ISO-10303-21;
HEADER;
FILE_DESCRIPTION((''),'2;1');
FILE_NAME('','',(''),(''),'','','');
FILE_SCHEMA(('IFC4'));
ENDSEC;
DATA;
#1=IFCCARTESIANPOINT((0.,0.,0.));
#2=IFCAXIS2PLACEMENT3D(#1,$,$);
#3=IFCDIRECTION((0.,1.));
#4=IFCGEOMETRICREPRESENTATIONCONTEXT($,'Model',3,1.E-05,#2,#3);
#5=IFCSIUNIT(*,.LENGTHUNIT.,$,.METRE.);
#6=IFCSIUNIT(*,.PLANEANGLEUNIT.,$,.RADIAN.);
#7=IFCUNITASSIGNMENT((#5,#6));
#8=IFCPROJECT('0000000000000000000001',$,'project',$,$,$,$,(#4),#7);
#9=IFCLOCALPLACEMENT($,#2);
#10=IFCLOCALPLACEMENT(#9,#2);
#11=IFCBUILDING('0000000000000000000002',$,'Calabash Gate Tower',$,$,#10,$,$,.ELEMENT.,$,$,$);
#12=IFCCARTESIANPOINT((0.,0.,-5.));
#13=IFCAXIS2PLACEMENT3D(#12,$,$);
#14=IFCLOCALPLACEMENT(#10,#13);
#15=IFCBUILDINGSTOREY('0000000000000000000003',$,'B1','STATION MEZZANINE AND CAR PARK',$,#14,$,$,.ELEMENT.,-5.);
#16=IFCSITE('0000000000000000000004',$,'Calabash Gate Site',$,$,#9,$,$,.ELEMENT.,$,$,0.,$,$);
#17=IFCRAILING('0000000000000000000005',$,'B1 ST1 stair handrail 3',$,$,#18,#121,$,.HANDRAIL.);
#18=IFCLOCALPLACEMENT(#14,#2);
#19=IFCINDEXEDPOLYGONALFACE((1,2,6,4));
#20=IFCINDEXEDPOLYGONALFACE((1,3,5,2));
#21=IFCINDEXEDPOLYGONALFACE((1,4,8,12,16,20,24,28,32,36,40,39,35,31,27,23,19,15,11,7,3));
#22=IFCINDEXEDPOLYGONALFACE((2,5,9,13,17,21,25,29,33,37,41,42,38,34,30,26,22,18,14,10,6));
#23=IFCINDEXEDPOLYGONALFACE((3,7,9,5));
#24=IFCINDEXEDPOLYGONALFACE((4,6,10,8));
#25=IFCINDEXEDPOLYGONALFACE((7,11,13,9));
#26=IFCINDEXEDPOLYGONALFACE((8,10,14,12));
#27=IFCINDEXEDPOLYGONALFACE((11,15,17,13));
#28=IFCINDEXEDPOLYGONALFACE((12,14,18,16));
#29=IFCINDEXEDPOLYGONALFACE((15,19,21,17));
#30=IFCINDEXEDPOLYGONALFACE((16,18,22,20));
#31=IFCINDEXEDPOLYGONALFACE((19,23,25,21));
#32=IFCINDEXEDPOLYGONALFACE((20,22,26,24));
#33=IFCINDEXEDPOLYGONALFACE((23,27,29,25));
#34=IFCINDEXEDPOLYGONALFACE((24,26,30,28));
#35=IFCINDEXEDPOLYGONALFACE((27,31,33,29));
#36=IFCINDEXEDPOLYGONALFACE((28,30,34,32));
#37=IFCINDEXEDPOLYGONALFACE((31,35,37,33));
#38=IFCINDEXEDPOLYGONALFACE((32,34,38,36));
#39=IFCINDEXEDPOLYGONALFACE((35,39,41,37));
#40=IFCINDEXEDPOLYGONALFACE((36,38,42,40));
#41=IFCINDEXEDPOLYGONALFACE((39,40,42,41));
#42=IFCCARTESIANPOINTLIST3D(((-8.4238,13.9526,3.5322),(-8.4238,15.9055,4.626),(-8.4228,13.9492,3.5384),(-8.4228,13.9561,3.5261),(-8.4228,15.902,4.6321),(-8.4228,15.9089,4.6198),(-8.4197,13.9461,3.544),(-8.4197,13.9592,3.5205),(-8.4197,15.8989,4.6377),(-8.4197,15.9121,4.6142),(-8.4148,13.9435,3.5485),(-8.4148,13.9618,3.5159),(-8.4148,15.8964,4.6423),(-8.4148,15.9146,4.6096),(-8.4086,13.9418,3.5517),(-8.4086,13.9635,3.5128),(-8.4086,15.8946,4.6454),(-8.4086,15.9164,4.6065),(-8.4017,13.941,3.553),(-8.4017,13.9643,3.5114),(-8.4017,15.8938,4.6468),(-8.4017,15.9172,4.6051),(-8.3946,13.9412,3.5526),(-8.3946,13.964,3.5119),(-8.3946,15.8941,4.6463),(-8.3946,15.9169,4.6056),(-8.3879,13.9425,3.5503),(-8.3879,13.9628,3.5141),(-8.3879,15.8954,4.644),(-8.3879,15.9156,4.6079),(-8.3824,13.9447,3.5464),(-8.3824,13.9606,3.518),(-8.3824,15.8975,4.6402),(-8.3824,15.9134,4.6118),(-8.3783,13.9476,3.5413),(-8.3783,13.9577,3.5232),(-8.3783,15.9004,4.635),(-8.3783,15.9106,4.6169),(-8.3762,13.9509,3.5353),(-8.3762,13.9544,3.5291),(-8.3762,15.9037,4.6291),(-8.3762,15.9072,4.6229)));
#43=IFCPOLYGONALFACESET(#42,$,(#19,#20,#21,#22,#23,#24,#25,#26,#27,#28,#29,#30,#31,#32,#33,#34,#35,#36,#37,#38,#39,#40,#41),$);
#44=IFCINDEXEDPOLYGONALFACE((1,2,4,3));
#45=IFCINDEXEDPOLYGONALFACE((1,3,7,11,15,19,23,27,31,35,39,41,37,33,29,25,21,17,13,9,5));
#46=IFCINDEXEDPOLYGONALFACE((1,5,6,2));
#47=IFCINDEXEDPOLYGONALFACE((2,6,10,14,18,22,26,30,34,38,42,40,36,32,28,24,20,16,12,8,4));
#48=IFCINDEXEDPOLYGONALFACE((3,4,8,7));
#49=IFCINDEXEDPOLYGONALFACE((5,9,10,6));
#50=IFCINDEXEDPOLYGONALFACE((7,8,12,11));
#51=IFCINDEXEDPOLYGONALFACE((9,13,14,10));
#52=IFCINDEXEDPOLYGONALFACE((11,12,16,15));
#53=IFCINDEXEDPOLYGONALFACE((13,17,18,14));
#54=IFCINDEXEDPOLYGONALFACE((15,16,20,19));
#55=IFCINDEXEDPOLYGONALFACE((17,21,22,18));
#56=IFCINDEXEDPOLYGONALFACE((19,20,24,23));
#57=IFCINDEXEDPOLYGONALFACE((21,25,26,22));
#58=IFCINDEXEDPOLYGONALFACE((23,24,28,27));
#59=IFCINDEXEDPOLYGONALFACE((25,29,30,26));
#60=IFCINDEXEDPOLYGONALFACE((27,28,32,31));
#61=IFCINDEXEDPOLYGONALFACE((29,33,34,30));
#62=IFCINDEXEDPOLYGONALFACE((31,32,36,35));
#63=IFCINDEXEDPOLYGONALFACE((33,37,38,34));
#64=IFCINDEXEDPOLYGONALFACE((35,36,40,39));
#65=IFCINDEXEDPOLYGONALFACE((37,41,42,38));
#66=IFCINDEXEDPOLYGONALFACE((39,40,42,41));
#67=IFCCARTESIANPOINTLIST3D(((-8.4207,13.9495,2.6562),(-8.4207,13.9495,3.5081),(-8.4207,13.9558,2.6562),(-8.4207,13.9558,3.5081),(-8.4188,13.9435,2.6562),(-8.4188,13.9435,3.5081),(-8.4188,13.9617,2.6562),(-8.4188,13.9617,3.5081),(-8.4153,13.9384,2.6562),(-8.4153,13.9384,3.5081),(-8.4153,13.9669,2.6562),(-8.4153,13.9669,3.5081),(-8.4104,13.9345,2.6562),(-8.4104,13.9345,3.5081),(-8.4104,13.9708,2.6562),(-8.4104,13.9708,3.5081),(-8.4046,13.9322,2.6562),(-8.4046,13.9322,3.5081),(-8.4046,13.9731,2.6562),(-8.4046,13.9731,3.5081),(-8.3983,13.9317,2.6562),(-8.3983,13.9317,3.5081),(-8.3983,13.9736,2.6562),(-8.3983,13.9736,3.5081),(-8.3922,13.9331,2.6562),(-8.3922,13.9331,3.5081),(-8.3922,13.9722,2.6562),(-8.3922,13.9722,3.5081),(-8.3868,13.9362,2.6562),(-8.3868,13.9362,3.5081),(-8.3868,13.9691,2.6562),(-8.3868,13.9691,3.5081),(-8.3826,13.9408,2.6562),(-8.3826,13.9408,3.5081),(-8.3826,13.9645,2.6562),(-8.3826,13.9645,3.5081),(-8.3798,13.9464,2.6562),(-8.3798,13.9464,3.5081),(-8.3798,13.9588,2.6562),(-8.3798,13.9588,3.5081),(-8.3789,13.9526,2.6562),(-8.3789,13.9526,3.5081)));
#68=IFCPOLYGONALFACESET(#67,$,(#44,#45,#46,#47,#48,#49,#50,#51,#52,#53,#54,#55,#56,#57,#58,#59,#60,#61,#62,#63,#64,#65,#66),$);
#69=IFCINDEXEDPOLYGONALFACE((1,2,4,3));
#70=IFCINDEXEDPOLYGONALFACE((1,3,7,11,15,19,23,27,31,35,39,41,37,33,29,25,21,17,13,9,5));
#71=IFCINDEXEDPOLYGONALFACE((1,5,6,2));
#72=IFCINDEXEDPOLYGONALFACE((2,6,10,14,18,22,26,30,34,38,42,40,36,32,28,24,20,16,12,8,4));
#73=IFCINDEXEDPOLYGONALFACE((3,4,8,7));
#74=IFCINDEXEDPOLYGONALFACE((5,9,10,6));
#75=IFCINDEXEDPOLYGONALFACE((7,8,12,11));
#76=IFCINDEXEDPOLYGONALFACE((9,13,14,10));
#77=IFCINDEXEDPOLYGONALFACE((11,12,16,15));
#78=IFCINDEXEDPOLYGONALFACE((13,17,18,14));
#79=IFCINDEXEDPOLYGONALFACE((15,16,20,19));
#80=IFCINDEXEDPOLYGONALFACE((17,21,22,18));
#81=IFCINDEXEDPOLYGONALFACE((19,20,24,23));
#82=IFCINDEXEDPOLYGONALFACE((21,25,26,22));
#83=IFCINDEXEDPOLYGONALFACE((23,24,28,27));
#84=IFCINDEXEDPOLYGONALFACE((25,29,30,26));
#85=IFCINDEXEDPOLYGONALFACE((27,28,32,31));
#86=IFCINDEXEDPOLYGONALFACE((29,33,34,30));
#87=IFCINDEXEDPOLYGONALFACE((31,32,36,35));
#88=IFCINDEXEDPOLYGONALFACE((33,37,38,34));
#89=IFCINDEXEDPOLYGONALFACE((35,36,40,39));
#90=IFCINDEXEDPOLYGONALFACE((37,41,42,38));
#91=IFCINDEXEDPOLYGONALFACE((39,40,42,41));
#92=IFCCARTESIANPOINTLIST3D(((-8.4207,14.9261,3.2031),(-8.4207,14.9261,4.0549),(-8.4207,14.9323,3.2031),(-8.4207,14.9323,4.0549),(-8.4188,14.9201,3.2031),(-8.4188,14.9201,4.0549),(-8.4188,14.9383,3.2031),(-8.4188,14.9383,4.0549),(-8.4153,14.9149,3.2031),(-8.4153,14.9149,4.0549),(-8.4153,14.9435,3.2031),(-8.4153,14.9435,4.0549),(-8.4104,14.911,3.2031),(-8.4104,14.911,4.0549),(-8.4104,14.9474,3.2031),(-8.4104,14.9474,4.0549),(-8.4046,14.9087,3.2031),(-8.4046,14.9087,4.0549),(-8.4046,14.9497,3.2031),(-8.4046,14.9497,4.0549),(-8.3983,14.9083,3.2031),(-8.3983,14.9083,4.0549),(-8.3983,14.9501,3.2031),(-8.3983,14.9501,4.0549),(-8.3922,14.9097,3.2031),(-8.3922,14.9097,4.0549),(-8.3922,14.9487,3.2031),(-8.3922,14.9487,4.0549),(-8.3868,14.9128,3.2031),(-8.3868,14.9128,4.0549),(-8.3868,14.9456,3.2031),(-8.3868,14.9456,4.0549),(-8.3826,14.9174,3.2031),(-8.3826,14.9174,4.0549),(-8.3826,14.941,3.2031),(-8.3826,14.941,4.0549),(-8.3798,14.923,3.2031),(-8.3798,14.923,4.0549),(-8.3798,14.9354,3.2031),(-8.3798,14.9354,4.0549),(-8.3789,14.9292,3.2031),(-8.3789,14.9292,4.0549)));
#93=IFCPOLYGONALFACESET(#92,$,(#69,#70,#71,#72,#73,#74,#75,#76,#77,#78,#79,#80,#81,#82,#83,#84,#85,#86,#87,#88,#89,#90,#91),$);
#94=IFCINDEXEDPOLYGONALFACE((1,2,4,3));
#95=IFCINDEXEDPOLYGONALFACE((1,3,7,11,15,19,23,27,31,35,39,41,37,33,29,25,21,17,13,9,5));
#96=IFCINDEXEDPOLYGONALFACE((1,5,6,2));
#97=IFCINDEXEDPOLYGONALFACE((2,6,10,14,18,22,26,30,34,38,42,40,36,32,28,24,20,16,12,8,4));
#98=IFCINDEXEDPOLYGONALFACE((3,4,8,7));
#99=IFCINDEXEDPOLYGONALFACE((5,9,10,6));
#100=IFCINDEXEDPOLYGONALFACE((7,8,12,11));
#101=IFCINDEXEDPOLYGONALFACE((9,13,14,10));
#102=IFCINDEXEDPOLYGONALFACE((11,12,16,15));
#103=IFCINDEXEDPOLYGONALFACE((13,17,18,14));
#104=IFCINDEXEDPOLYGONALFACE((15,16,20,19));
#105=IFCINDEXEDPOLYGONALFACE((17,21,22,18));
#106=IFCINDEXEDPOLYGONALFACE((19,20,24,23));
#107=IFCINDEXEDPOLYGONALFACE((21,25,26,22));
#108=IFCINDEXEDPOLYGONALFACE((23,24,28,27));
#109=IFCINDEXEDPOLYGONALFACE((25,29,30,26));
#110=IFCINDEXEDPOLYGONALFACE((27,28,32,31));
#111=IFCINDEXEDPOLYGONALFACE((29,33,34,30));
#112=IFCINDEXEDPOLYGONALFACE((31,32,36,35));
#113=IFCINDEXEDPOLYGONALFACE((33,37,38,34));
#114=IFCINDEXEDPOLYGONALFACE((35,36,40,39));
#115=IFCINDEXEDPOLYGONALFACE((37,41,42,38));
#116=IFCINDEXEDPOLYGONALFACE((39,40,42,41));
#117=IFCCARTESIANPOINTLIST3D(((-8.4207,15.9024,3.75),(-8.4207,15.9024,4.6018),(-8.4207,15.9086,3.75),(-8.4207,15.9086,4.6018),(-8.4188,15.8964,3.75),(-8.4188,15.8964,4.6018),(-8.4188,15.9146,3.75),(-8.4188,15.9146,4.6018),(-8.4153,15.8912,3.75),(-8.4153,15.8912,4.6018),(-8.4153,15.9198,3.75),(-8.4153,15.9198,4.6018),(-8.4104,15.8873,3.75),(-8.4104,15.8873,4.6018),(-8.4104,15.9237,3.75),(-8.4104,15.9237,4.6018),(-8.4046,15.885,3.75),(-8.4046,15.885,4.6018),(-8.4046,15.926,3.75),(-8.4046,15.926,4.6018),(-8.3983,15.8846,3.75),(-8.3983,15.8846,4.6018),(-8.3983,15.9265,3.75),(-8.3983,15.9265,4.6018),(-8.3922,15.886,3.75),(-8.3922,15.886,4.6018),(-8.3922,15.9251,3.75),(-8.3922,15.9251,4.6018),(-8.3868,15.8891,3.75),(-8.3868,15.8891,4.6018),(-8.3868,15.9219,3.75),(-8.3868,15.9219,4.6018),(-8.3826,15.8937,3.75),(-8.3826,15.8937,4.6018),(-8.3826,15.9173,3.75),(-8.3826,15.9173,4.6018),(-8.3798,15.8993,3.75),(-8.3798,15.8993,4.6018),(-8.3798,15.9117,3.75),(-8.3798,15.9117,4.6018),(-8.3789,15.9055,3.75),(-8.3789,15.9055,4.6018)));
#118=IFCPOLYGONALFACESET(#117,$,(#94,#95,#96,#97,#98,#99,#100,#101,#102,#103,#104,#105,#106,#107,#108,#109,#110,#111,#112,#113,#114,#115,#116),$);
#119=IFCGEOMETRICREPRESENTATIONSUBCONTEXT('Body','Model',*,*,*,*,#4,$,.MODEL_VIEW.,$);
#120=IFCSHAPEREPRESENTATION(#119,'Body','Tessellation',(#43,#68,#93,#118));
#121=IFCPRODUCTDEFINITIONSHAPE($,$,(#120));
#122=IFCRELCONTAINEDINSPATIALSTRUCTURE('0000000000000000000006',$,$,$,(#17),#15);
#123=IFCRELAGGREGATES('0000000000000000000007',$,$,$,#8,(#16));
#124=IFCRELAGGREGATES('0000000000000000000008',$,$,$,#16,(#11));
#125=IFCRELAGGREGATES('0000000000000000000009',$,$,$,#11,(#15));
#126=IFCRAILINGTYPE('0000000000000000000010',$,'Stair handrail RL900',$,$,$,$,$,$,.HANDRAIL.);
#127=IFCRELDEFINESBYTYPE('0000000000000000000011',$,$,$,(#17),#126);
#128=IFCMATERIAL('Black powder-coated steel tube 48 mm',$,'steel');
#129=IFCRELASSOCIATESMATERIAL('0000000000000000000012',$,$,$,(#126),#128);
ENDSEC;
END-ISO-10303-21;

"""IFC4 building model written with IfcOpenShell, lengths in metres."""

from ifc_helpers import new_model, si_unit, direction, frame, origin, origin_2d, place, context, subcontext, project, spatial, circle, extrude, material, type_object, element, save


model = new_model("IFC4")

# Units and contexts
model_context = context("Model", 3, precision=1e-05, world=origin(), true_north=direction((0.0, 1.0)))
body_context = subcontext(model_context, "Body", "Model", "MODEL_VIEW")
ifc_project = project(units=[si_unit("LENGTHUNIT", "METRE"), si_unit("PLANEANGLEUNIT", "RADIAN")], contexts=[model_context])

# Site, building, storey
site_placement = place(None, origin())
site = spatial("IfcSite", under=ifc_project, at=site_placement, Name="Calabash Gate Site", CompositionType="ELEMENT", RefElevation=0.0)
building_placement = place(site_placement, origin())
building = spatial("IfcBuilding", under=site, at=building_placement, Name="Calabash Gate Tower", CompositionType="ELEMENT")
storey_placement = place(building_placement, frame((0.0, 0.0, -5.0)))
storey = spatial("IfcBuildingStorey", under=building, at=storey_placement, Name="B1", Description="STATION MEZZANINE AND CAR PARK", CompositionType="ELEMENT", Elevation=-5.0)

# Railing
ifc_material_1 = material(Name="Black powder-coated steel tube 48 mm", Category="steel")
railing_type_1 = type_object("IfcRailingType", Name="Stair handrail RL900", PredefinedType="HANDRAIL", material=ifc_material_1)
railing_1_placement = place(storey_placement, frame((-8.3999, 13.9526, 2.6562)))
element("IfcRailing", 1, at=railing_1_placement, inside=storey, type_object=railing_type_1, Name="B1 ST1 stair handrail 3", PredefinedType="HANDRAIL", context=body_context, shape_type="SweptSolid", body=[
    extrude(circle(Radius=0.0239, at=origin_2d()), frame((0.0, 0.0, 0.876), z_axis=(0.0, 0.87248, 0.48865), x_axis=(-1.0, 0.0, 0.0)), (0.0, 0.0, 1.0), 2.2383),
    extrude(circle(Radius=0.021, at=origin_2d()), origin(), (0.0, 0.0, 1.0), 0.8518),
    extrude(circle(Radius=0.021, at=origin_2d()), frame((0.0, 0.9766, 0.5469)), (0.0, 0.0, 1.0), 0.8518),
    extrude(circle(Radius=0.021, at=origin_2d()), frame((0.0, 1.9529, 1.0938)), (0.0, 0.0, 1.0), 0.8518),
])

save(model, "model.ifc")
